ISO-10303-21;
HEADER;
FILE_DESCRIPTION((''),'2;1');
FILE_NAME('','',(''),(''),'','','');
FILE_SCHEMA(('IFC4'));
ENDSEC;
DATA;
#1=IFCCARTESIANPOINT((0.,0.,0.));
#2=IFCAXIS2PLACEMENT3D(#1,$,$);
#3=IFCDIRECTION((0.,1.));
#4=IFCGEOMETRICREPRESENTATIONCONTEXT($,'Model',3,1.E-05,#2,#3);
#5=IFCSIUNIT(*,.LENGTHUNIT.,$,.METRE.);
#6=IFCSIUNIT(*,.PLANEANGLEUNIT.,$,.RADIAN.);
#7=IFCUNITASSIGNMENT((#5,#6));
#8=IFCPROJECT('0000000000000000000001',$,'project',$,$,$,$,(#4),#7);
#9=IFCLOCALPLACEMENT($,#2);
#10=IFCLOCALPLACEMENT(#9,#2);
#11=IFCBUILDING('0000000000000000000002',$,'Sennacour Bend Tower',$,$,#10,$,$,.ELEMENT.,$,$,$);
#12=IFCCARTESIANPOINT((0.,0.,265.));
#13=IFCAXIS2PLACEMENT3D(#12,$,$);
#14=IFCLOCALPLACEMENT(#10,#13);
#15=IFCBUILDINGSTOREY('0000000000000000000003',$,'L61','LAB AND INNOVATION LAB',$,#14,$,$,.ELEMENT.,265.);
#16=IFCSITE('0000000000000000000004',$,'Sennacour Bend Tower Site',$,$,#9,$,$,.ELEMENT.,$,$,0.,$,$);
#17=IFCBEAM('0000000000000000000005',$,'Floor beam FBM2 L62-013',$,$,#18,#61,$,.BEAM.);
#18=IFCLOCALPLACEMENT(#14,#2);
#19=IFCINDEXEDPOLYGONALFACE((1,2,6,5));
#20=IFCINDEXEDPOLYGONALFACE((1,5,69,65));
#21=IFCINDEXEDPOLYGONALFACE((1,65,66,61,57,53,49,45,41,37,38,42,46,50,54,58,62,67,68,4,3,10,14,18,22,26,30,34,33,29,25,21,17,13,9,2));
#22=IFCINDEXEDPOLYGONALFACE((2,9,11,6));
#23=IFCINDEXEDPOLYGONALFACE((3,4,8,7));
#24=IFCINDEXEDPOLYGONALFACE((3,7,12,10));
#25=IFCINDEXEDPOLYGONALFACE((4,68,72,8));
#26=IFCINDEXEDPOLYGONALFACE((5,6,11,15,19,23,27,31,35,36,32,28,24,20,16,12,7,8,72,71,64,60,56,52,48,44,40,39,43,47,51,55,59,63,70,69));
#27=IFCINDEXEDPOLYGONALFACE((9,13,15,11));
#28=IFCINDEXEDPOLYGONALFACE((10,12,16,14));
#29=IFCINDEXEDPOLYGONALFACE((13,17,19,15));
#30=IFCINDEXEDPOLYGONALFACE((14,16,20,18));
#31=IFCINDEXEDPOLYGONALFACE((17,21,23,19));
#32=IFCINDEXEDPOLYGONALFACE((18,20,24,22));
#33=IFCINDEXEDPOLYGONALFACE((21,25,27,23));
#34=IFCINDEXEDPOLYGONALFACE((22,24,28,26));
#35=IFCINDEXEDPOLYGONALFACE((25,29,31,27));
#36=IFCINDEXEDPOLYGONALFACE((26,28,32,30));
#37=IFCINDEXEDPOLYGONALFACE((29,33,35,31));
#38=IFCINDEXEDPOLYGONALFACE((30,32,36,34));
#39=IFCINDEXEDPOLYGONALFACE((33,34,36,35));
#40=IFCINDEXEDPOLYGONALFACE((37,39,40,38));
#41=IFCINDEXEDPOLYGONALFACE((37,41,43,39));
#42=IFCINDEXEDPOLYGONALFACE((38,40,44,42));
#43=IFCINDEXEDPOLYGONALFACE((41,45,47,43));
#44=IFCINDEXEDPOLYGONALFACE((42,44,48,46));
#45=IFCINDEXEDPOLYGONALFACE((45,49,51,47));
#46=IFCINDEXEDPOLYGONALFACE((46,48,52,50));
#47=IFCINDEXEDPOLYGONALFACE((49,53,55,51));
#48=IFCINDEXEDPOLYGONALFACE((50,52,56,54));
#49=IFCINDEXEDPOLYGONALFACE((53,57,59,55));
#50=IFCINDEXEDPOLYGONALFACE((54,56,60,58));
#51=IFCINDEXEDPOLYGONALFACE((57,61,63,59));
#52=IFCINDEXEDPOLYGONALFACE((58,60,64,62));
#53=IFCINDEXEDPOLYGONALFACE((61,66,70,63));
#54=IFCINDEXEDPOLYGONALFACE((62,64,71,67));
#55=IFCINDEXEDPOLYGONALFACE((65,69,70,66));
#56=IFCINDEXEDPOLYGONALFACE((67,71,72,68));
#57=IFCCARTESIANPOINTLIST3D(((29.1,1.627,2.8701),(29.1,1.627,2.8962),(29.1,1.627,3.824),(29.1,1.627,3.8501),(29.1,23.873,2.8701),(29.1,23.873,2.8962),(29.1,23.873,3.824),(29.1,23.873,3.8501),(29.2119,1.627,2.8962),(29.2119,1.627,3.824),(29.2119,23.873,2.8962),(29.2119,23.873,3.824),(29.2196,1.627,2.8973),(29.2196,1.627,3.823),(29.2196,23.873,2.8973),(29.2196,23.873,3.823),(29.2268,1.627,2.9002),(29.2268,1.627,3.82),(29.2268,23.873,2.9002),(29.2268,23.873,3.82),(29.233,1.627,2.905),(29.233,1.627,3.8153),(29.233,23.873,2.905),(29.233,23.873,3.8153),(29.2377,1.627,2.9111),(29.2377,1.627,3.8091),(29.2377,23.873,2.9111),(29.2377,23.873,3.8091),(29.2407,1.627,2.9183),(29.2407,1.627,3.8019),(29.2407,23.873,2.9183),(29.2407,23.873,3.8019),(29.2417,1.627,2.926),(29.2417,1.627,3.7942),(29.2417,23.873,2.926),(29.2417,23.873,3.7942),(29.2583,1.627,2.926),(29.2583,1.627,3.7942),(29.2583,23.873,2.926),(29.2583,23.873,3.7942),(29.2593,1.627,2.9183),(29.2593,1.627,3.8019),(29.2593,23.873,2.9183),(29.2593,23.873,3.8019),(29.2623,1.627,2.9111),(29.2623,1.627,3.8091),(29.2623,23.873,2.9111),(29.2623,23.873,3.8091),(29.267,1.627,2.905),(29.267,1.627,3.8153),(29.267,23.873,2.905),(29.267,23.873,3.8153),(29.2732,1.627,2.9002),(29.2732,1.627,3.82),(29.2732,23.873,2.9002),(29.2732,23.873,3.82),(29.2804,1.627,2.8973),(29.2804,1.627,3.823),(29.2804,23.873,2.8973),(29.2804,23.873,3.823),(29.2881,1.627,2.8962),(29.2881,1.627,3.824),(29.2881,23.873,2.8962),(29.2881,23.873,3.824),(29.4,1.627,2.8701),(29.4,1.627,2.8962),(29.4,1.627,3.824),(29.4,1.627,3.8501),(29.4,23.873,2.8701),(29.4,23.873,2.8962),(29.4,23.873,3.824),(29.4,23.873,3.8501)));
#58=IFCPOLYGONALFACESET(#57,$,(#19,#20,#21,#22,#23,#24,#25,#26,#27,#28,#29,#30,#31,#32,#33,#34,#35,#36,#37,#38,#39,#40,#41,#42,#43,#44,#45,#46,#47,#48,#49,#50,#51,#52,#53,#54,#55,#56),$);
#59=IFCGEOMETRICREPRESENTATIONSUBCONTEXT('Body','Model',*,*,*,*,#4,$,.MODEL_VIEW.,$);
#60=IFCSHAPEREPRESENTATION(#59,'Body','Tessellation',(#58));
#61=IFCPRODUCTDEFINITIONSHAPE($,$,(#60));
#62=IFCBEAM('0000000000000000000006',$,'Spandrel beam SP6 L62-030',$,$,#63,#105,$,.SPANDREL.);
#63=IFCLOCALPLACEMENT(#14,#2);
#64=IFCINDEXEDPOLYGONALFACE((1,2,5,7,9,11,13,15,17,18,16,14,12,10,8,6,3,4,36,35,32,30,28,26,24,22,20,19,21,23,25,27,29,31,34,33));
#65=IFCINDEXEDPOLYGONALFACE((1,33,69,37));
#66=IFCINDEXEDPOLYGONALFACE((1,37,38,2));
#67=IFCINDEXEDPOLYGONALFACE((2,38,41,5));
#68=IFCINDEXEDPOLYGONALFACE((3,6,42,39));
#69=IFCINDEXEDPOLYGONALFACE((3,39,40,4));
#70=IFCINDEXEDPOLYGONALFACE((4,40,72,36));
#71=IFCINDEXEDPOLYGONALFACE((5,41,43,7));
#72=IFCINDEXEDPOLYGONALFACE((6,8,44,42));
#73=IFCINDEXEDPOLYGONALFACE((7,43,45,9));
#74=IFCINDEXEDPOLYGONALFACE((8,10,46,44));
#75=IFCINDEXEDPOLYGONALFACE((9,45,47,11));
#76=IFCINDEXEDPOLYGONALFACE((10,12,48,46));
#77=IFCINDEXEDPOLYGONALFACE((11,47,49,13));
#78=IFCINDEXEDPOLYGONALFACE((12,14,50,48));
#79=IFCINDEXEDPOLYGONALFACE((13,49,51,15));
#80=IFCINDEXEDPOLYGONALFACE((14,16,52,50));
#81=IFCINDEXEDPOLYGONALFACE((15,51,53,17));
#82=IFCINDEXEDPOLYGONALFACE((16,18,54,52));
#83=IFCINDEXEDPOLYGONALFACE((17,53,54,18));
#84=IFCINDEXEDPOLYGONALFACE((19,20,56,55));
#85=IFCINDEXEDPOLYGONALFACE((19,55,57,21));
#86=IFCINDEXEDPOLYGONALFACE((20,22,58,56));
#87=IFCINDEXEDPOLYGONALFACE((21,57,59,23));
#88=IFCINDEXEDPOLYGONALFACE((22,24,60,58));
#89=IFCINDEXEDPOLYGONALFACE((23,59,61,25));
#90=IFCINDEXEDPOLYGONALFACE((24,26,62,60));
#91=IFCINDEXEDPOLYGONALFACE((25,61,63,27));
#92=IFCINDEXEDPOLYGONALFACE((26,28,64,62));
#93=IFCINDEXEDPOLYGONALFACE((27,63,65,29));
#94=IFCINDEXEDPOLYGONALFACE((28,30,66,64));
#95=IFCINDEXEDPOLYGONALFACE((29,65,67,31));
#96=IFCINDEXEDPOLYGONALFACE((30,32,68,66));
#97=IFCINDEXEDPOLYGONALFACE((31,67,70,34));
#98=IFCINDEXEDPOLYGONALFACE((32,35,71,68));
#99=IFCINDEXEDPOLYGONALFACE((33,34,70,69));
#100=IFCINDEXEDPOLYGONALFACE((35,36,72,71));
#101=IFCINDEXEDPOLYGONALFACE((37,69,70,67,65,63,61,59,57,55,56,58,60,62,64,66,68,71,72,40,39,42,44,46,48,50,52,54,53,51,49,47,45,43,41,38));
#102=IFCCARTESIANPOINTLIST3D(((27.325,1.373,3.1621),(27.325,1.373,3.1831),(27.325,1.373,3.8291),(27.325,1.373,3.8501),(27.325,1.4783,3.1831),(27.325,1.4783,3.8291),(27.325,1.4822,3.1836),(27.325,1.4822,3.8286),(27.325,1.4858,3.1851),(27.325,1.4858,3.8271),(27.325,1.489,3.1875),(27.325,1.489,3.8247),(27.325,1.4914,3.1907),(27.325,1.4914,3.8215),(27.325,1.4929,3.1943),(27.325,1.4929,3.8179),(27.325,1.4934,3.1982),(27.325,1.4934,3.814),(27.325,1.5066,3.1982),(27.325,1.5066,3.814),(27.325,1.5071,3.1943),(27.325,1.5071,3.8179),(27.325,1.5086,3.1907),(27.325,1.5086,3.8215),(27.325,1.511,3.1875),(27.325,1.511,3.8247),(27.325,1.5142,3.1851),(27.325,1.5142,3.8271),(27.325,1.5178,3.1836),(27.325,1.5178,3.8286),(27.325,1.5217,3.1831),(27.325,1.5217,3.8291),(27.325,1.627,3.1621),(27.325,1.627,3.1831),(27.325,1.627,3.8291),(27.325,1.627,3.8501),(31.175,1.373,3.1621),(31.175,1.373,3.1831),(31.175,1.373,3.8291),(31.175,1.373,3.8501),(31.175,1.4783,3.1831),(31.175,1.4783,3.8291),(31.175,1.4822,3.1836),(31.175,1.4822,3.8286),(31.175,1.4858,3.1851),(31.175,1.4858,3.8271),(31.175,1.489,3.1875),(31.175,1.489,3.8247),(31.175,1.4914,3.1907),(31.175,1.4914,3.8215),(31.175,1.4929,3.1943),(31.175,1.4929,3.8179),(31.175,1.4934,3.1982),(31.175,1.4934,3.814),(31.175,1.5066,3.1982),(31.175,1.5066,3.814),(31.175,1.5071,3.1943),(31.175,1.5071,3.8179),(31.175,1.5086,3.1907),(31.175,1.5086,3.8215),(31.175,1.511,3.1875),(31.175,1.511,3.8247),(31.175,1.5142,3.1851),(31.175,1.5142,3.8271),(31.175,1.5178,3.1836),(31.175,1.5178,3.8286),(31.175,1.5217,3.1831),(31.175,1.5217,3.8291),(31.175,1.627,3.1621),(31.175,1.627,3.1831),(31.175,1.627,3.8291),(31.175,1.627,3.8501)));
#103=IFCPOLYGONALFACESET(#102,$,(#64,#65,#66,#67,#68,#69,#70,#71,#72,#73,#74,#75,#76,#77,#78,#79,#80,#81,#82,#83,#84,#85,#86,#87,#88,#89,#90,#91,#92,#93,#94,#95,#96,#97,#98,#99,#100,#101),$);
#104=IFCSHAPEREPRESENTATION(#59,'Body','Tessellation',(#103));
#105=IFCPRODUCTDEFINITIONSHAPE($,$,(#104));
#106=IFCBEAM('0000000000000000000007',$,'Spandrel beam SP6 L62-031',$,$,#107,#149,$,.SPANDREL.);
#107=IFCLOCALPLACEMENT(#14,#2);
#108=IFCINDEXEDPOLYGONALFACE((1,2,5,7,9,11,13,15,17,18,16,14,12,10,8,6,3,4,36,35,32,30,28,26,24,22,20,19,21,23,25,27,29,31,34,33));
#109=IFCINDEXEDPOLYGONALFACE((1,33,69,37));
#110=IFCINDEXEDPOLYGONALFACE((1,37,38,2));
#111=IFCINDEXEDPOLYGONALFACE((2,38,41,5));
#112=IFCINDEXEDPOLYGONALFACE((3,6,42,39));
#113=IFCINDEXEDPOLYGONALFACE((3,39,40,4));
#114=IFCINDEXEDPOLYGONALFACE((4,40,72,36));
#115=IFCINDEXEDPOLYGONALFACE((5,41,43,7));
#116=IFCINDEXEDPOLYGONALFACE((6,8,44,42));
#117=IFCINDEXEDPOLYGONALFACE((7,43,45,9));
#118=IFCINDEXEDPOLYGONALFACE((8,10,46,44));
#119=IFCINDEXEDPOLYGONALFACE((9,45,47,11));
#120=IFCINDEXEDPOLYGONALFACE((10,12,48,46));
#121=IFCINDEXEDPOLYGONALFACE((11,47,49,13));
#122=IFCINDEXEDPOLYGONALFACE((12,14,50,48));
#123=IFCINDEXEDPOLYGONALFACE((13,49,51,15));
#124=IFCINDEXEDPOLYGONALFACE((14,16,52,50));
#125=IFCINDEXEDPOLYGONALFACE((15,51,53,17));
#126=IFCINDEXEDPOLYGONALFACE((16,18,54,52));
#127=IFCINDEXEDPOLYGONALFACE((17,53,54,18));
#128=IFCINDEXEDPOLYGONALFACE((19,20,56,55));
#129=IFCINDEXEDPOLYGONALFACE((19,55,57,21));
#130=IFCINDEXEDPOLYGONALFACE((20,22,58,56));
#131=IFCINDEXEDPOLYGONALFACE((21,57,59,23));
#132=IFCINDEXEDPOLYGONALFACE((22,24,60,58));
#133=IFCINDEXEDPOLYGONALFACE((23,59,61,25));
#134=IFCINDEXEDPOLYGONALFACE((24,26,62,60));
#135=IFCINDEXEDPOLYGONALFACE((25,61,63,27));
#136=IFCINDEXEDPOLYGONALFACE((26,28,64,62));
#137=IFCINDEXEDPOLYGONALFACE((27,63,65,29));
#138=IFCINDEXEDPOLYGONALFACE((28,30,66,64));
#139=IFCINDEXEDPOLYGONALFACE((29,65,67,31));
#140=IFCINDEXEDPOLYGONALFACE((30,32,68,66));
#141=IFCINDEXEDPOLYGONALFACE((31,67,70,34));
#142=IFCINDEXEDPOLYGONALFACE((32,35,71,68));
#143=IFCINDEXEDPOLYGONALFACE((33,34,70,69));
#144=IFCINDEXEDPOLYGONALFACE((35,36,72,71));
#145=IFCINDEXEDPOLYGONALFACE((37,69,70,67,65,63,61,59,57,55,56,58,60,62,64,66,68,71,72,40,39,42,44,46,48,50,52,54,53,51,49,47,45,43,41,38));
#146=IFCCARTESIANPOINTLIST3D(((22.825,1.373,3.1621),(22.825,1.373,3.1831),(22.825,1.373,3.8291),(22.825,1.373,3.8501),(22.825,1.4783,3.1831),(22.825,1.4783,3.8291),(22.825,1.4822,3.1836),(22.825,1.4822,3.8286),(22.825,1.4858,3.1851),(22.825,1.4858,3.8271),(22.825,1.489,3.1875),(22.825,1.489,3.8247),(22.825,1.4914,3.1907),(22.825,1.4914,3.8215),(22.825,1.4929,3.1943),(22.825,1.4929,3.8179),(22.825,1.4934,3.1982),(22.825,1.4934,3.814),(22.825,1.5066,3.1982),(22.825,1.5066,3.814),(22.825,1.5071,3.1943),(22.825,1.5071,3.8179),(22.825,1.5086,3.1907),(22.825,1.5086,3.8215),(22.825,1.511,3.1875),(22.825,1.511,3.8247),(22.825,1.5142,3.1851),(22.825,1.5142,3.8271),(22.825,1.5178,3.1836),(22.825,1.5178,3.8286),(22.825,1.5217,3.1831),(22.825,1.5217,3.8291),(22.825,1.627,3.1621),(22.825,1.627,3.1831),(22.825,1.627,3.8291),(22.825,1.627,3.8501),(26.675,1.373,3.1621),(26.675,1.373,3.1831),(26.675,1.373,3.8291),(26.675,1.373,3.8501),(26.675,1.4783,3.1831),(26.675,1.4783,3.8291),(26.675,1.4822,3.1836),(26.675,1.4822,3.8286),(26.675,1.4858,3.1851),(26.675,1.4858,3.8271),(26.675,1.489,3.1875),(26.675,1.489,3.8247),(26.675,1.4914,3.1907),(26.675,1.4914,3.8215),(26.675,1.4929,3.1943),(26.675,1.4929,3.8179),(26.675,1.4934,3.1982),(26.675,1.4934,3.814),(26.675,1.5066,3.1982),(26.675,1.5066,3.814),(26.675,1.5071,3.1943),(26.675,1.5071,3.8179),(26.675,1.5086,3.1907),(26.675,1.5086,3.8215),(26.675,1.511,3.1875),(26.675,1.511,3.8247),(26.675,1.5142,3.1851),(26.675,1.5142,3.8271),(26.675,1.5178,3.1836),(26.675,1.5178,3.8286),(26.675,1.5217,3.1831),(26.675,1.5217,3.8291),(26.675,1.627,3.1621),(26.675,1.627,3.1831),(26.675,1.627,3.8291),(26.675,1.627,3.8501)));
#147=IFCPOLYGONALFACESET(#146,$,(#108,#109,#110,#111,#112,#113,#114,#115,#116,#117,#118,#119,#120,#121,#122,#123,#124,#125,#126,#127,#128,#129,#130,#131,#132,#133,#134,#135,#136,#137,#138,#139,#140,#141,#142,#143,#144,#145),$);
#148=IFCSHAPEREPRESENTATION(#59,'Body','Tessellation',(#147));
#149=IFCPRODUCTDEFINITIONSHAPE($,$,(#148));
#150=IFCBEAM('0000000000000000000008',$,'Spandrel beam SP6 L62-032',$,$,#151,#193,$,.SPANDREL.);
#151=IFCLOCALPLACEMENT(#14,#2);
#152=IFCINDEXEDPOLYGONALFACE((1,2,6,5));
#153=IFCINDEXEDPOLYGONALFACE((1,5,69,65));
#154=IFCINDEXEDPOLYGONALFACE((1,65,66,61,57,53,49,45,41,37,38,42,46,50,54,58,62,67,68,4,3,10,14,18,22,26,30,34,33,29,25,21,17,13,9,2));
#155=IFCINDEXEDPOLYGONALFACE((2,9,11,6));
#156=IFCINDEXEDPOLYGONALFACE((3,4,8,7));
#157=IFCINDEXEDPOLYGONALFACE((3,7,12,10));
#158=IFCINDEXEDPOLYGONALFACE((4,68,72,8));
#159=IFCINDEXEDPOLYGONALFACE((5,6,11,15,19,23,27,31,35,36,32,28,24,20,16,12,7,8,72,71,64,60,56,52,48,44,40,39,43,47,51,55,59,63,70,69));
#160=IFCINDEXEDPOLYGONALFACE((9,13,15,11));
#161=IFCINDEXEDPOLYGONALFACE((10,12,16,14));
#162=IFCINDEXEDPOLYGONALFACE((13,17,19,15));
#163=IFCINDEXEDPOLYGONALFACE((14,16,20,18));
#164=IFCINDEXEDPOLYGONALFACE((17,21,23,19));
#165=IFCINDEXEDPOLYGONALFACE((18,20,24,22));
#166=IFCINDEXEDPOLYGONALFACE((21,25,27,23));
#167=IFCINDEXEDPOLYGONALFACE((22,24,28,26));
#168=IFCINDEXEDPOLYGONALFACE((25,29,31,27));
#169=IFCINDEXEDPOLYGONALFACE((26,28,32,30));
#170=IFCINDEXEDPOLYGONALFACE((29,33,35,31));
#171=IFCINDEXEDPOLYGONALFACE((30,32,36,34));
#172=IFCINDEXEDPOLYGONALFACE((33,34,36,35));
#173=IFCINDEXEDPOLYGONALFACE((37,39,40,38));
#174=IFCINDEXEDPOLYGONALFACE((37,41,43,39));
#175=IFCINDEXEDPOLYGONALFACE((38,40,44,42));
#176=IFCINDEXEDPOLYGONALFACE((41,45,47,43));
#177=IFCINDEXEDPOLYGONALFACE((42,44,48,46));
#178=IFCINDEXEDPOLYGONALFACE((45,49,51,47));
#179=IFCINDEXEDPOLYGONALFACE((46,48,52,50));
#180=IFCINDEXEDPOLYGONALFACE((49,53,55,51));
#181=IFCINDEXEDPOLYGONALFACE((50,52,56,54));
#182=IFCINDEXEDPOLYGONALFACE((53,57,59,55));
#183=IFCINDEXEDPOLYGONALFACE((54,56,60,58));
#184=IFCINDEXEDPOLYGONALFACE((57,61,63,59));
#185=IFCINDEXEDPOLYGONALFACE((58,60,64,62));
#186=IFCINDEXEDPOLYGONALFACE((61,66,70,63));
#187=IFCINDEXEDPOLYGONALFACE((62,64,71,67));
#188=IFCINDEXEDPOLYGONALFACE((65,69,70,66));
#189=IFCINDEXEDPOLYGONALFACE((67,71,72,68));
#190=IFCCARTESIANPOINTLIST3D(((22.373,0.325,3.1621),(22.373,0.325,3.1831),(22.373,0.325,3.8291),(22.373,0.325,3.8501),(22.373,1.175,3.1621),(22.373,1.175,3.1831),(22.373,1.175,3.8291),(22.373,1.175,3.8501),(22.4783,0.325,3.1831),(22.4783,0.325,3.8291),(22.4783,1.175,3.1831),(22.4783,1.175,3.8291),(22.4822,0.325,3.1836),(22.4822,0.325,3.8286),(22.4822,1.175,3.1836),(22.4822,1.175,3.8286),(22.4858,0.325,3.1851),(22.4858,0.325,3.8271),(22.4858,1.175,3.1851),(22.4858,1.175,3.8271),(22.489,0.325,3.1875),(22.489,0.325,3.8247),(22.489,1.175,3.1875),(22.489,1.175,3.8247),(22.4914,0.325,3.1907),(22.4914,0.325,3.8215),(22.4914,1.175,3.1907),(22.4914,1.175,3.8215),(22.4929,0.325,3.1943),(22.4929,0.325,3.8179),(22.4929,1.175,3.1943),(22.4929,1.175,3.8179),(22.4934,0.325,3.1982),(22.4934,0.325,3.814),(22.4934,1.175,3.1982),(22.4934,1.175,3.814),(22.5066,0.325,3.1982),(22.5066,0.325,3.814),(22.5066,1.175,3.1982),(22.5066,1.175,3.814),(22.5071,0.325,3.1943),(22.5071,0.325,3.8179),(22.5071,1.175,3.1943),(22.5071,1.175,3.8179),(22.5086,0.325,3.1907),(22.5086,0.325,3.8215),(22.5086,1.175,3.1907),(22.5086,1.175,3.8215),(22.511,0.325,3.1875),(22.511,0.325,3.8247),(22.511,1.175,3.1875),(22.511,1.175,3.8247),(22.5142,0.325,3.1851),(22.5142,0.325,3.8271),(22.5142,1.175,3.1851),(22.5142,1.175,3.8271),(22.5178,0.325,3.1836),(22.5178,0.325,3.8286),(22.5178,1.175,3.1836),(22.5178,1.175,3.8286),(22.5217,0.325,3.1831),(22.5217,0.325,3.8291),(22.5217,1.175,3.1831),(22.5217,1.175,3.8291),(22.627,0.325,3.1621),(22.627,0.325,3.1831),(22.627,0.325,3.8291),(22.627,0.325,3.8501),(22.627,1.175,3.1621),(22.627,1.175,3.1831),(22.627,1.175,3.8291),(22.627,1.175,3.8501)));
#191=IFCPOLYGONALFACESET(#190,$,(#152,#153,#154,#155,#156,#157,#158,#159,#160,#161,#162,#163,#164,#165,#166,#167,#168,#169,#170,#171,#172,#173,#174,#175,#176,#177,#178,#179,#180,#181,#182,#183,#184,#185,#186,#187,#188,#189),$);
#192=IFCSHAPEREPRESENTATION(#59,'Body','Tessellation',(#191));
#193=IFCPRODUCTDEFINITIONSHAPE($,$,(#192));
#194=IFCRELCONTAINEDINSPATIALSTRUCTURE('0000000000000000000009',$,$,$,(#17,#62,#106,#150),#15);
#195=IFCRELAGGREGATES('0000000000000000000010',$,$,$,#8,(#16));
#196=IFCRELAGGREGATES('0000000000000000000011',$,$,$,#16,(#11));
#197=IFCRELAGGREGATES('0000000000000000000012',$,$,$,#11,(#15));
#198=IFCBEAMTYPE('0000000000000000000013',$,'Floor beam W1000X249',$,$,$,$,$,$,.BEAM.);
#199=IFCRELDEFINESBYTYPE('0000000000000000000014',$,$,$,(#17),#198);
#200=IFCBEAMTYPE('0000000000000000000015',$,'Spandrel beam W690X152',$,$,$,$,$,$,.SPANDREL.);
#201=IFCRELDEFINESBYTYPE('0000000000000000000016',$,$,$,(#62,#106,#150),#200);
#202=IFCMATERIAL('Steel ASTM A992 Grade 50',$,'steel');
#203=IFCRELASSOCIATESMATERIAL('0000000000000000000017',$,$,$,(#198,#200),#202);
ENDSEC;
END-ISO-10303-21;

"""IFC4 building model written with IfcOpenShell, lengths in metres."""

from ifc_helpers import new_model, si_unit, direction, frame, origin, origin_2d, place, context, subcontext, project, spatial, i_section, extrude, material, material_profile, profile_set, type_object, element, save


model = new_model("IFC4")

# Units and contexts
model_context = context("Model", 3, precision=1e-05, world=origin(), true_north=direction((0.0, 1.0)))
body_context = subcontext(model_context, "Body", "Model", "MODEL_VIEW")
ifc_project = project(units=[si_unit("LENGTHUNIT", "METRE"), si_unit("PLANEANGLEUNIT", "RADIAN")], contexts=[model_context])

# Site, building, storey
site_placement = place(None, origin())
site = spatial("IfcSite", under=ifc_project, at=site_placement, Name="Sennacour Bend Tower Site", CompositionType="ELEMENT", RefElevation=0.0)
building_placement = place(site_placement, origin())
building = spatial("IfcBuilding", under=site, at=building_placement, Name="Sennacour Bend Tower", CompositionType="ELEMENT")
storey_placement = place(building_placement, frame((0.0, 0.0, 265.0)))
storey = spatial("IfcBuildingStorey", under=building, at=storey_placement, Name="L61", Description="LAB AND INNOVATION LAB", CompositionType="ELEMENT", Elevation=265.0)

# Beams
ifc_material_1 = material(Name="Steel ASTM A992 Grade 50", Category="steel")
ifc_material_profile_1 = material_profile(ifc_material_1, i_section(OverallWidth=0.3, OverallDepth=0.98, WebThickness=0.0166, FlangeThickness=0.0261, FilletRadius=0.0298, at=origin_2d()), Name="Steel ASTM A992 Grade 50", Category="steel")
ifc_profile_set_1 = profile_set([ifc_material_profile_1], Name="Steel ASTM A992 Grade 50")
beam_type_1 = type_object("IfcBeamType", Name="Floor beam W1000X249", PredefinedType="BEAM", material=ifc_profile_set_1)
for number, where, z_axis, x_axis, name in (
    (1, (29.25, 1.627, 3.3601), (0.0, 1.0, 0.0), (-1.0, 0.0, 0.0), "Floor beam FBM2 L62-013"),
):
    element("IfcBeam", number, at=place(storey_placement, frame(where, z_axis=z_axis, x_axis=x_axis)), inside=storey, type_object=beam_type_1, Name=name, PredefinedType="BEAM", context=body_context, shape_type="SweptSolid", body=[
        extrude(i_section(OverallWidth=0.3, OverallDepth=0.98, WebThickness=0.0166, FlangeThickness=0.0261, FilletRadius=0.0298, at=origin_2d()), origin(), (0.0, 0.0, 1.0), 22.2461),
    ])
ifc_material_profile_2 = material_profile(ifc_material_1, i_section(OverallWidth=0.2539, OverallDepth=0.688, WebThickness=0.0132, FlangeThickness=0.021, FilletRadius=0.0151, at=origin_2d()), Name="Steel ASTM A992 Grade 50", Category="steel")
ifc_profile_set_2 = profile_set([ifc_material_profile_2], Name="Steel ASTM A992 Grade 50")
beam_type_2 = type_object("IfcBeamType", Name="Spandrel beam W690X152", PredefinedType="SPANDREL", material=ifc_profile_set_2)
for number, where, z_axis, x_axis, name in (
    (2, (31.175, 1.5, 3.5061), (-1.0, 0.0, 0.0), (0.0, -1.0, 0.0), "Spandrel beam SP6 L62-030"),
    (3, (26.675, 1.5, 3.5061), (-1.0, 0.0, 0.0), (0.0, -1.0, 0.0), "Spandrel beam SP6 L62-031"),
):
    element("IfcBeam", number, at=place(storey_placement, frame(where, z_axis=z_axis, x_axis=x_axis)), inside=storey, type_object=beam_type_2, Name=name, PredefinedType="SPANDREL", context=body_context, shape_type="SweptSolid", body=[
        extrude(i_section(OverallWidth=0.2539, OverallDepth=0.688, WebThickness=0.0132, FlangeThickness=0.021, FilletRadius=0.0151, at=origin_2d()), origin(), (0.0, 0.0, 1.0), 3.8501),
    ])
beam_1_placement = place(storey_placement, frame((22.5, 1.175, 3.5061), z_axis=(0.0, -1.0, 0.0), x_axis=(1.0, 0.0, 0.0)))
element("IfcBeam", 4, at=beam_1_placement, inside=storey, type_object=beam_type_2, Name="Spandrel beam SP6 L62-032", PredefinedType="SPANDREL", context=body_context, shape_type="SweptSolid", body=[
    extrude(i_section(OverallWidth=0.2539, OverallDepth=0.688, WebThickness=0.0132, FlangeThickness=0.021, FilletRadius=0.0151, at=origin_2d()), origin(), (0.0, 0.0, 1.0), 0.8501),
])

save(model, "model.ifc")
